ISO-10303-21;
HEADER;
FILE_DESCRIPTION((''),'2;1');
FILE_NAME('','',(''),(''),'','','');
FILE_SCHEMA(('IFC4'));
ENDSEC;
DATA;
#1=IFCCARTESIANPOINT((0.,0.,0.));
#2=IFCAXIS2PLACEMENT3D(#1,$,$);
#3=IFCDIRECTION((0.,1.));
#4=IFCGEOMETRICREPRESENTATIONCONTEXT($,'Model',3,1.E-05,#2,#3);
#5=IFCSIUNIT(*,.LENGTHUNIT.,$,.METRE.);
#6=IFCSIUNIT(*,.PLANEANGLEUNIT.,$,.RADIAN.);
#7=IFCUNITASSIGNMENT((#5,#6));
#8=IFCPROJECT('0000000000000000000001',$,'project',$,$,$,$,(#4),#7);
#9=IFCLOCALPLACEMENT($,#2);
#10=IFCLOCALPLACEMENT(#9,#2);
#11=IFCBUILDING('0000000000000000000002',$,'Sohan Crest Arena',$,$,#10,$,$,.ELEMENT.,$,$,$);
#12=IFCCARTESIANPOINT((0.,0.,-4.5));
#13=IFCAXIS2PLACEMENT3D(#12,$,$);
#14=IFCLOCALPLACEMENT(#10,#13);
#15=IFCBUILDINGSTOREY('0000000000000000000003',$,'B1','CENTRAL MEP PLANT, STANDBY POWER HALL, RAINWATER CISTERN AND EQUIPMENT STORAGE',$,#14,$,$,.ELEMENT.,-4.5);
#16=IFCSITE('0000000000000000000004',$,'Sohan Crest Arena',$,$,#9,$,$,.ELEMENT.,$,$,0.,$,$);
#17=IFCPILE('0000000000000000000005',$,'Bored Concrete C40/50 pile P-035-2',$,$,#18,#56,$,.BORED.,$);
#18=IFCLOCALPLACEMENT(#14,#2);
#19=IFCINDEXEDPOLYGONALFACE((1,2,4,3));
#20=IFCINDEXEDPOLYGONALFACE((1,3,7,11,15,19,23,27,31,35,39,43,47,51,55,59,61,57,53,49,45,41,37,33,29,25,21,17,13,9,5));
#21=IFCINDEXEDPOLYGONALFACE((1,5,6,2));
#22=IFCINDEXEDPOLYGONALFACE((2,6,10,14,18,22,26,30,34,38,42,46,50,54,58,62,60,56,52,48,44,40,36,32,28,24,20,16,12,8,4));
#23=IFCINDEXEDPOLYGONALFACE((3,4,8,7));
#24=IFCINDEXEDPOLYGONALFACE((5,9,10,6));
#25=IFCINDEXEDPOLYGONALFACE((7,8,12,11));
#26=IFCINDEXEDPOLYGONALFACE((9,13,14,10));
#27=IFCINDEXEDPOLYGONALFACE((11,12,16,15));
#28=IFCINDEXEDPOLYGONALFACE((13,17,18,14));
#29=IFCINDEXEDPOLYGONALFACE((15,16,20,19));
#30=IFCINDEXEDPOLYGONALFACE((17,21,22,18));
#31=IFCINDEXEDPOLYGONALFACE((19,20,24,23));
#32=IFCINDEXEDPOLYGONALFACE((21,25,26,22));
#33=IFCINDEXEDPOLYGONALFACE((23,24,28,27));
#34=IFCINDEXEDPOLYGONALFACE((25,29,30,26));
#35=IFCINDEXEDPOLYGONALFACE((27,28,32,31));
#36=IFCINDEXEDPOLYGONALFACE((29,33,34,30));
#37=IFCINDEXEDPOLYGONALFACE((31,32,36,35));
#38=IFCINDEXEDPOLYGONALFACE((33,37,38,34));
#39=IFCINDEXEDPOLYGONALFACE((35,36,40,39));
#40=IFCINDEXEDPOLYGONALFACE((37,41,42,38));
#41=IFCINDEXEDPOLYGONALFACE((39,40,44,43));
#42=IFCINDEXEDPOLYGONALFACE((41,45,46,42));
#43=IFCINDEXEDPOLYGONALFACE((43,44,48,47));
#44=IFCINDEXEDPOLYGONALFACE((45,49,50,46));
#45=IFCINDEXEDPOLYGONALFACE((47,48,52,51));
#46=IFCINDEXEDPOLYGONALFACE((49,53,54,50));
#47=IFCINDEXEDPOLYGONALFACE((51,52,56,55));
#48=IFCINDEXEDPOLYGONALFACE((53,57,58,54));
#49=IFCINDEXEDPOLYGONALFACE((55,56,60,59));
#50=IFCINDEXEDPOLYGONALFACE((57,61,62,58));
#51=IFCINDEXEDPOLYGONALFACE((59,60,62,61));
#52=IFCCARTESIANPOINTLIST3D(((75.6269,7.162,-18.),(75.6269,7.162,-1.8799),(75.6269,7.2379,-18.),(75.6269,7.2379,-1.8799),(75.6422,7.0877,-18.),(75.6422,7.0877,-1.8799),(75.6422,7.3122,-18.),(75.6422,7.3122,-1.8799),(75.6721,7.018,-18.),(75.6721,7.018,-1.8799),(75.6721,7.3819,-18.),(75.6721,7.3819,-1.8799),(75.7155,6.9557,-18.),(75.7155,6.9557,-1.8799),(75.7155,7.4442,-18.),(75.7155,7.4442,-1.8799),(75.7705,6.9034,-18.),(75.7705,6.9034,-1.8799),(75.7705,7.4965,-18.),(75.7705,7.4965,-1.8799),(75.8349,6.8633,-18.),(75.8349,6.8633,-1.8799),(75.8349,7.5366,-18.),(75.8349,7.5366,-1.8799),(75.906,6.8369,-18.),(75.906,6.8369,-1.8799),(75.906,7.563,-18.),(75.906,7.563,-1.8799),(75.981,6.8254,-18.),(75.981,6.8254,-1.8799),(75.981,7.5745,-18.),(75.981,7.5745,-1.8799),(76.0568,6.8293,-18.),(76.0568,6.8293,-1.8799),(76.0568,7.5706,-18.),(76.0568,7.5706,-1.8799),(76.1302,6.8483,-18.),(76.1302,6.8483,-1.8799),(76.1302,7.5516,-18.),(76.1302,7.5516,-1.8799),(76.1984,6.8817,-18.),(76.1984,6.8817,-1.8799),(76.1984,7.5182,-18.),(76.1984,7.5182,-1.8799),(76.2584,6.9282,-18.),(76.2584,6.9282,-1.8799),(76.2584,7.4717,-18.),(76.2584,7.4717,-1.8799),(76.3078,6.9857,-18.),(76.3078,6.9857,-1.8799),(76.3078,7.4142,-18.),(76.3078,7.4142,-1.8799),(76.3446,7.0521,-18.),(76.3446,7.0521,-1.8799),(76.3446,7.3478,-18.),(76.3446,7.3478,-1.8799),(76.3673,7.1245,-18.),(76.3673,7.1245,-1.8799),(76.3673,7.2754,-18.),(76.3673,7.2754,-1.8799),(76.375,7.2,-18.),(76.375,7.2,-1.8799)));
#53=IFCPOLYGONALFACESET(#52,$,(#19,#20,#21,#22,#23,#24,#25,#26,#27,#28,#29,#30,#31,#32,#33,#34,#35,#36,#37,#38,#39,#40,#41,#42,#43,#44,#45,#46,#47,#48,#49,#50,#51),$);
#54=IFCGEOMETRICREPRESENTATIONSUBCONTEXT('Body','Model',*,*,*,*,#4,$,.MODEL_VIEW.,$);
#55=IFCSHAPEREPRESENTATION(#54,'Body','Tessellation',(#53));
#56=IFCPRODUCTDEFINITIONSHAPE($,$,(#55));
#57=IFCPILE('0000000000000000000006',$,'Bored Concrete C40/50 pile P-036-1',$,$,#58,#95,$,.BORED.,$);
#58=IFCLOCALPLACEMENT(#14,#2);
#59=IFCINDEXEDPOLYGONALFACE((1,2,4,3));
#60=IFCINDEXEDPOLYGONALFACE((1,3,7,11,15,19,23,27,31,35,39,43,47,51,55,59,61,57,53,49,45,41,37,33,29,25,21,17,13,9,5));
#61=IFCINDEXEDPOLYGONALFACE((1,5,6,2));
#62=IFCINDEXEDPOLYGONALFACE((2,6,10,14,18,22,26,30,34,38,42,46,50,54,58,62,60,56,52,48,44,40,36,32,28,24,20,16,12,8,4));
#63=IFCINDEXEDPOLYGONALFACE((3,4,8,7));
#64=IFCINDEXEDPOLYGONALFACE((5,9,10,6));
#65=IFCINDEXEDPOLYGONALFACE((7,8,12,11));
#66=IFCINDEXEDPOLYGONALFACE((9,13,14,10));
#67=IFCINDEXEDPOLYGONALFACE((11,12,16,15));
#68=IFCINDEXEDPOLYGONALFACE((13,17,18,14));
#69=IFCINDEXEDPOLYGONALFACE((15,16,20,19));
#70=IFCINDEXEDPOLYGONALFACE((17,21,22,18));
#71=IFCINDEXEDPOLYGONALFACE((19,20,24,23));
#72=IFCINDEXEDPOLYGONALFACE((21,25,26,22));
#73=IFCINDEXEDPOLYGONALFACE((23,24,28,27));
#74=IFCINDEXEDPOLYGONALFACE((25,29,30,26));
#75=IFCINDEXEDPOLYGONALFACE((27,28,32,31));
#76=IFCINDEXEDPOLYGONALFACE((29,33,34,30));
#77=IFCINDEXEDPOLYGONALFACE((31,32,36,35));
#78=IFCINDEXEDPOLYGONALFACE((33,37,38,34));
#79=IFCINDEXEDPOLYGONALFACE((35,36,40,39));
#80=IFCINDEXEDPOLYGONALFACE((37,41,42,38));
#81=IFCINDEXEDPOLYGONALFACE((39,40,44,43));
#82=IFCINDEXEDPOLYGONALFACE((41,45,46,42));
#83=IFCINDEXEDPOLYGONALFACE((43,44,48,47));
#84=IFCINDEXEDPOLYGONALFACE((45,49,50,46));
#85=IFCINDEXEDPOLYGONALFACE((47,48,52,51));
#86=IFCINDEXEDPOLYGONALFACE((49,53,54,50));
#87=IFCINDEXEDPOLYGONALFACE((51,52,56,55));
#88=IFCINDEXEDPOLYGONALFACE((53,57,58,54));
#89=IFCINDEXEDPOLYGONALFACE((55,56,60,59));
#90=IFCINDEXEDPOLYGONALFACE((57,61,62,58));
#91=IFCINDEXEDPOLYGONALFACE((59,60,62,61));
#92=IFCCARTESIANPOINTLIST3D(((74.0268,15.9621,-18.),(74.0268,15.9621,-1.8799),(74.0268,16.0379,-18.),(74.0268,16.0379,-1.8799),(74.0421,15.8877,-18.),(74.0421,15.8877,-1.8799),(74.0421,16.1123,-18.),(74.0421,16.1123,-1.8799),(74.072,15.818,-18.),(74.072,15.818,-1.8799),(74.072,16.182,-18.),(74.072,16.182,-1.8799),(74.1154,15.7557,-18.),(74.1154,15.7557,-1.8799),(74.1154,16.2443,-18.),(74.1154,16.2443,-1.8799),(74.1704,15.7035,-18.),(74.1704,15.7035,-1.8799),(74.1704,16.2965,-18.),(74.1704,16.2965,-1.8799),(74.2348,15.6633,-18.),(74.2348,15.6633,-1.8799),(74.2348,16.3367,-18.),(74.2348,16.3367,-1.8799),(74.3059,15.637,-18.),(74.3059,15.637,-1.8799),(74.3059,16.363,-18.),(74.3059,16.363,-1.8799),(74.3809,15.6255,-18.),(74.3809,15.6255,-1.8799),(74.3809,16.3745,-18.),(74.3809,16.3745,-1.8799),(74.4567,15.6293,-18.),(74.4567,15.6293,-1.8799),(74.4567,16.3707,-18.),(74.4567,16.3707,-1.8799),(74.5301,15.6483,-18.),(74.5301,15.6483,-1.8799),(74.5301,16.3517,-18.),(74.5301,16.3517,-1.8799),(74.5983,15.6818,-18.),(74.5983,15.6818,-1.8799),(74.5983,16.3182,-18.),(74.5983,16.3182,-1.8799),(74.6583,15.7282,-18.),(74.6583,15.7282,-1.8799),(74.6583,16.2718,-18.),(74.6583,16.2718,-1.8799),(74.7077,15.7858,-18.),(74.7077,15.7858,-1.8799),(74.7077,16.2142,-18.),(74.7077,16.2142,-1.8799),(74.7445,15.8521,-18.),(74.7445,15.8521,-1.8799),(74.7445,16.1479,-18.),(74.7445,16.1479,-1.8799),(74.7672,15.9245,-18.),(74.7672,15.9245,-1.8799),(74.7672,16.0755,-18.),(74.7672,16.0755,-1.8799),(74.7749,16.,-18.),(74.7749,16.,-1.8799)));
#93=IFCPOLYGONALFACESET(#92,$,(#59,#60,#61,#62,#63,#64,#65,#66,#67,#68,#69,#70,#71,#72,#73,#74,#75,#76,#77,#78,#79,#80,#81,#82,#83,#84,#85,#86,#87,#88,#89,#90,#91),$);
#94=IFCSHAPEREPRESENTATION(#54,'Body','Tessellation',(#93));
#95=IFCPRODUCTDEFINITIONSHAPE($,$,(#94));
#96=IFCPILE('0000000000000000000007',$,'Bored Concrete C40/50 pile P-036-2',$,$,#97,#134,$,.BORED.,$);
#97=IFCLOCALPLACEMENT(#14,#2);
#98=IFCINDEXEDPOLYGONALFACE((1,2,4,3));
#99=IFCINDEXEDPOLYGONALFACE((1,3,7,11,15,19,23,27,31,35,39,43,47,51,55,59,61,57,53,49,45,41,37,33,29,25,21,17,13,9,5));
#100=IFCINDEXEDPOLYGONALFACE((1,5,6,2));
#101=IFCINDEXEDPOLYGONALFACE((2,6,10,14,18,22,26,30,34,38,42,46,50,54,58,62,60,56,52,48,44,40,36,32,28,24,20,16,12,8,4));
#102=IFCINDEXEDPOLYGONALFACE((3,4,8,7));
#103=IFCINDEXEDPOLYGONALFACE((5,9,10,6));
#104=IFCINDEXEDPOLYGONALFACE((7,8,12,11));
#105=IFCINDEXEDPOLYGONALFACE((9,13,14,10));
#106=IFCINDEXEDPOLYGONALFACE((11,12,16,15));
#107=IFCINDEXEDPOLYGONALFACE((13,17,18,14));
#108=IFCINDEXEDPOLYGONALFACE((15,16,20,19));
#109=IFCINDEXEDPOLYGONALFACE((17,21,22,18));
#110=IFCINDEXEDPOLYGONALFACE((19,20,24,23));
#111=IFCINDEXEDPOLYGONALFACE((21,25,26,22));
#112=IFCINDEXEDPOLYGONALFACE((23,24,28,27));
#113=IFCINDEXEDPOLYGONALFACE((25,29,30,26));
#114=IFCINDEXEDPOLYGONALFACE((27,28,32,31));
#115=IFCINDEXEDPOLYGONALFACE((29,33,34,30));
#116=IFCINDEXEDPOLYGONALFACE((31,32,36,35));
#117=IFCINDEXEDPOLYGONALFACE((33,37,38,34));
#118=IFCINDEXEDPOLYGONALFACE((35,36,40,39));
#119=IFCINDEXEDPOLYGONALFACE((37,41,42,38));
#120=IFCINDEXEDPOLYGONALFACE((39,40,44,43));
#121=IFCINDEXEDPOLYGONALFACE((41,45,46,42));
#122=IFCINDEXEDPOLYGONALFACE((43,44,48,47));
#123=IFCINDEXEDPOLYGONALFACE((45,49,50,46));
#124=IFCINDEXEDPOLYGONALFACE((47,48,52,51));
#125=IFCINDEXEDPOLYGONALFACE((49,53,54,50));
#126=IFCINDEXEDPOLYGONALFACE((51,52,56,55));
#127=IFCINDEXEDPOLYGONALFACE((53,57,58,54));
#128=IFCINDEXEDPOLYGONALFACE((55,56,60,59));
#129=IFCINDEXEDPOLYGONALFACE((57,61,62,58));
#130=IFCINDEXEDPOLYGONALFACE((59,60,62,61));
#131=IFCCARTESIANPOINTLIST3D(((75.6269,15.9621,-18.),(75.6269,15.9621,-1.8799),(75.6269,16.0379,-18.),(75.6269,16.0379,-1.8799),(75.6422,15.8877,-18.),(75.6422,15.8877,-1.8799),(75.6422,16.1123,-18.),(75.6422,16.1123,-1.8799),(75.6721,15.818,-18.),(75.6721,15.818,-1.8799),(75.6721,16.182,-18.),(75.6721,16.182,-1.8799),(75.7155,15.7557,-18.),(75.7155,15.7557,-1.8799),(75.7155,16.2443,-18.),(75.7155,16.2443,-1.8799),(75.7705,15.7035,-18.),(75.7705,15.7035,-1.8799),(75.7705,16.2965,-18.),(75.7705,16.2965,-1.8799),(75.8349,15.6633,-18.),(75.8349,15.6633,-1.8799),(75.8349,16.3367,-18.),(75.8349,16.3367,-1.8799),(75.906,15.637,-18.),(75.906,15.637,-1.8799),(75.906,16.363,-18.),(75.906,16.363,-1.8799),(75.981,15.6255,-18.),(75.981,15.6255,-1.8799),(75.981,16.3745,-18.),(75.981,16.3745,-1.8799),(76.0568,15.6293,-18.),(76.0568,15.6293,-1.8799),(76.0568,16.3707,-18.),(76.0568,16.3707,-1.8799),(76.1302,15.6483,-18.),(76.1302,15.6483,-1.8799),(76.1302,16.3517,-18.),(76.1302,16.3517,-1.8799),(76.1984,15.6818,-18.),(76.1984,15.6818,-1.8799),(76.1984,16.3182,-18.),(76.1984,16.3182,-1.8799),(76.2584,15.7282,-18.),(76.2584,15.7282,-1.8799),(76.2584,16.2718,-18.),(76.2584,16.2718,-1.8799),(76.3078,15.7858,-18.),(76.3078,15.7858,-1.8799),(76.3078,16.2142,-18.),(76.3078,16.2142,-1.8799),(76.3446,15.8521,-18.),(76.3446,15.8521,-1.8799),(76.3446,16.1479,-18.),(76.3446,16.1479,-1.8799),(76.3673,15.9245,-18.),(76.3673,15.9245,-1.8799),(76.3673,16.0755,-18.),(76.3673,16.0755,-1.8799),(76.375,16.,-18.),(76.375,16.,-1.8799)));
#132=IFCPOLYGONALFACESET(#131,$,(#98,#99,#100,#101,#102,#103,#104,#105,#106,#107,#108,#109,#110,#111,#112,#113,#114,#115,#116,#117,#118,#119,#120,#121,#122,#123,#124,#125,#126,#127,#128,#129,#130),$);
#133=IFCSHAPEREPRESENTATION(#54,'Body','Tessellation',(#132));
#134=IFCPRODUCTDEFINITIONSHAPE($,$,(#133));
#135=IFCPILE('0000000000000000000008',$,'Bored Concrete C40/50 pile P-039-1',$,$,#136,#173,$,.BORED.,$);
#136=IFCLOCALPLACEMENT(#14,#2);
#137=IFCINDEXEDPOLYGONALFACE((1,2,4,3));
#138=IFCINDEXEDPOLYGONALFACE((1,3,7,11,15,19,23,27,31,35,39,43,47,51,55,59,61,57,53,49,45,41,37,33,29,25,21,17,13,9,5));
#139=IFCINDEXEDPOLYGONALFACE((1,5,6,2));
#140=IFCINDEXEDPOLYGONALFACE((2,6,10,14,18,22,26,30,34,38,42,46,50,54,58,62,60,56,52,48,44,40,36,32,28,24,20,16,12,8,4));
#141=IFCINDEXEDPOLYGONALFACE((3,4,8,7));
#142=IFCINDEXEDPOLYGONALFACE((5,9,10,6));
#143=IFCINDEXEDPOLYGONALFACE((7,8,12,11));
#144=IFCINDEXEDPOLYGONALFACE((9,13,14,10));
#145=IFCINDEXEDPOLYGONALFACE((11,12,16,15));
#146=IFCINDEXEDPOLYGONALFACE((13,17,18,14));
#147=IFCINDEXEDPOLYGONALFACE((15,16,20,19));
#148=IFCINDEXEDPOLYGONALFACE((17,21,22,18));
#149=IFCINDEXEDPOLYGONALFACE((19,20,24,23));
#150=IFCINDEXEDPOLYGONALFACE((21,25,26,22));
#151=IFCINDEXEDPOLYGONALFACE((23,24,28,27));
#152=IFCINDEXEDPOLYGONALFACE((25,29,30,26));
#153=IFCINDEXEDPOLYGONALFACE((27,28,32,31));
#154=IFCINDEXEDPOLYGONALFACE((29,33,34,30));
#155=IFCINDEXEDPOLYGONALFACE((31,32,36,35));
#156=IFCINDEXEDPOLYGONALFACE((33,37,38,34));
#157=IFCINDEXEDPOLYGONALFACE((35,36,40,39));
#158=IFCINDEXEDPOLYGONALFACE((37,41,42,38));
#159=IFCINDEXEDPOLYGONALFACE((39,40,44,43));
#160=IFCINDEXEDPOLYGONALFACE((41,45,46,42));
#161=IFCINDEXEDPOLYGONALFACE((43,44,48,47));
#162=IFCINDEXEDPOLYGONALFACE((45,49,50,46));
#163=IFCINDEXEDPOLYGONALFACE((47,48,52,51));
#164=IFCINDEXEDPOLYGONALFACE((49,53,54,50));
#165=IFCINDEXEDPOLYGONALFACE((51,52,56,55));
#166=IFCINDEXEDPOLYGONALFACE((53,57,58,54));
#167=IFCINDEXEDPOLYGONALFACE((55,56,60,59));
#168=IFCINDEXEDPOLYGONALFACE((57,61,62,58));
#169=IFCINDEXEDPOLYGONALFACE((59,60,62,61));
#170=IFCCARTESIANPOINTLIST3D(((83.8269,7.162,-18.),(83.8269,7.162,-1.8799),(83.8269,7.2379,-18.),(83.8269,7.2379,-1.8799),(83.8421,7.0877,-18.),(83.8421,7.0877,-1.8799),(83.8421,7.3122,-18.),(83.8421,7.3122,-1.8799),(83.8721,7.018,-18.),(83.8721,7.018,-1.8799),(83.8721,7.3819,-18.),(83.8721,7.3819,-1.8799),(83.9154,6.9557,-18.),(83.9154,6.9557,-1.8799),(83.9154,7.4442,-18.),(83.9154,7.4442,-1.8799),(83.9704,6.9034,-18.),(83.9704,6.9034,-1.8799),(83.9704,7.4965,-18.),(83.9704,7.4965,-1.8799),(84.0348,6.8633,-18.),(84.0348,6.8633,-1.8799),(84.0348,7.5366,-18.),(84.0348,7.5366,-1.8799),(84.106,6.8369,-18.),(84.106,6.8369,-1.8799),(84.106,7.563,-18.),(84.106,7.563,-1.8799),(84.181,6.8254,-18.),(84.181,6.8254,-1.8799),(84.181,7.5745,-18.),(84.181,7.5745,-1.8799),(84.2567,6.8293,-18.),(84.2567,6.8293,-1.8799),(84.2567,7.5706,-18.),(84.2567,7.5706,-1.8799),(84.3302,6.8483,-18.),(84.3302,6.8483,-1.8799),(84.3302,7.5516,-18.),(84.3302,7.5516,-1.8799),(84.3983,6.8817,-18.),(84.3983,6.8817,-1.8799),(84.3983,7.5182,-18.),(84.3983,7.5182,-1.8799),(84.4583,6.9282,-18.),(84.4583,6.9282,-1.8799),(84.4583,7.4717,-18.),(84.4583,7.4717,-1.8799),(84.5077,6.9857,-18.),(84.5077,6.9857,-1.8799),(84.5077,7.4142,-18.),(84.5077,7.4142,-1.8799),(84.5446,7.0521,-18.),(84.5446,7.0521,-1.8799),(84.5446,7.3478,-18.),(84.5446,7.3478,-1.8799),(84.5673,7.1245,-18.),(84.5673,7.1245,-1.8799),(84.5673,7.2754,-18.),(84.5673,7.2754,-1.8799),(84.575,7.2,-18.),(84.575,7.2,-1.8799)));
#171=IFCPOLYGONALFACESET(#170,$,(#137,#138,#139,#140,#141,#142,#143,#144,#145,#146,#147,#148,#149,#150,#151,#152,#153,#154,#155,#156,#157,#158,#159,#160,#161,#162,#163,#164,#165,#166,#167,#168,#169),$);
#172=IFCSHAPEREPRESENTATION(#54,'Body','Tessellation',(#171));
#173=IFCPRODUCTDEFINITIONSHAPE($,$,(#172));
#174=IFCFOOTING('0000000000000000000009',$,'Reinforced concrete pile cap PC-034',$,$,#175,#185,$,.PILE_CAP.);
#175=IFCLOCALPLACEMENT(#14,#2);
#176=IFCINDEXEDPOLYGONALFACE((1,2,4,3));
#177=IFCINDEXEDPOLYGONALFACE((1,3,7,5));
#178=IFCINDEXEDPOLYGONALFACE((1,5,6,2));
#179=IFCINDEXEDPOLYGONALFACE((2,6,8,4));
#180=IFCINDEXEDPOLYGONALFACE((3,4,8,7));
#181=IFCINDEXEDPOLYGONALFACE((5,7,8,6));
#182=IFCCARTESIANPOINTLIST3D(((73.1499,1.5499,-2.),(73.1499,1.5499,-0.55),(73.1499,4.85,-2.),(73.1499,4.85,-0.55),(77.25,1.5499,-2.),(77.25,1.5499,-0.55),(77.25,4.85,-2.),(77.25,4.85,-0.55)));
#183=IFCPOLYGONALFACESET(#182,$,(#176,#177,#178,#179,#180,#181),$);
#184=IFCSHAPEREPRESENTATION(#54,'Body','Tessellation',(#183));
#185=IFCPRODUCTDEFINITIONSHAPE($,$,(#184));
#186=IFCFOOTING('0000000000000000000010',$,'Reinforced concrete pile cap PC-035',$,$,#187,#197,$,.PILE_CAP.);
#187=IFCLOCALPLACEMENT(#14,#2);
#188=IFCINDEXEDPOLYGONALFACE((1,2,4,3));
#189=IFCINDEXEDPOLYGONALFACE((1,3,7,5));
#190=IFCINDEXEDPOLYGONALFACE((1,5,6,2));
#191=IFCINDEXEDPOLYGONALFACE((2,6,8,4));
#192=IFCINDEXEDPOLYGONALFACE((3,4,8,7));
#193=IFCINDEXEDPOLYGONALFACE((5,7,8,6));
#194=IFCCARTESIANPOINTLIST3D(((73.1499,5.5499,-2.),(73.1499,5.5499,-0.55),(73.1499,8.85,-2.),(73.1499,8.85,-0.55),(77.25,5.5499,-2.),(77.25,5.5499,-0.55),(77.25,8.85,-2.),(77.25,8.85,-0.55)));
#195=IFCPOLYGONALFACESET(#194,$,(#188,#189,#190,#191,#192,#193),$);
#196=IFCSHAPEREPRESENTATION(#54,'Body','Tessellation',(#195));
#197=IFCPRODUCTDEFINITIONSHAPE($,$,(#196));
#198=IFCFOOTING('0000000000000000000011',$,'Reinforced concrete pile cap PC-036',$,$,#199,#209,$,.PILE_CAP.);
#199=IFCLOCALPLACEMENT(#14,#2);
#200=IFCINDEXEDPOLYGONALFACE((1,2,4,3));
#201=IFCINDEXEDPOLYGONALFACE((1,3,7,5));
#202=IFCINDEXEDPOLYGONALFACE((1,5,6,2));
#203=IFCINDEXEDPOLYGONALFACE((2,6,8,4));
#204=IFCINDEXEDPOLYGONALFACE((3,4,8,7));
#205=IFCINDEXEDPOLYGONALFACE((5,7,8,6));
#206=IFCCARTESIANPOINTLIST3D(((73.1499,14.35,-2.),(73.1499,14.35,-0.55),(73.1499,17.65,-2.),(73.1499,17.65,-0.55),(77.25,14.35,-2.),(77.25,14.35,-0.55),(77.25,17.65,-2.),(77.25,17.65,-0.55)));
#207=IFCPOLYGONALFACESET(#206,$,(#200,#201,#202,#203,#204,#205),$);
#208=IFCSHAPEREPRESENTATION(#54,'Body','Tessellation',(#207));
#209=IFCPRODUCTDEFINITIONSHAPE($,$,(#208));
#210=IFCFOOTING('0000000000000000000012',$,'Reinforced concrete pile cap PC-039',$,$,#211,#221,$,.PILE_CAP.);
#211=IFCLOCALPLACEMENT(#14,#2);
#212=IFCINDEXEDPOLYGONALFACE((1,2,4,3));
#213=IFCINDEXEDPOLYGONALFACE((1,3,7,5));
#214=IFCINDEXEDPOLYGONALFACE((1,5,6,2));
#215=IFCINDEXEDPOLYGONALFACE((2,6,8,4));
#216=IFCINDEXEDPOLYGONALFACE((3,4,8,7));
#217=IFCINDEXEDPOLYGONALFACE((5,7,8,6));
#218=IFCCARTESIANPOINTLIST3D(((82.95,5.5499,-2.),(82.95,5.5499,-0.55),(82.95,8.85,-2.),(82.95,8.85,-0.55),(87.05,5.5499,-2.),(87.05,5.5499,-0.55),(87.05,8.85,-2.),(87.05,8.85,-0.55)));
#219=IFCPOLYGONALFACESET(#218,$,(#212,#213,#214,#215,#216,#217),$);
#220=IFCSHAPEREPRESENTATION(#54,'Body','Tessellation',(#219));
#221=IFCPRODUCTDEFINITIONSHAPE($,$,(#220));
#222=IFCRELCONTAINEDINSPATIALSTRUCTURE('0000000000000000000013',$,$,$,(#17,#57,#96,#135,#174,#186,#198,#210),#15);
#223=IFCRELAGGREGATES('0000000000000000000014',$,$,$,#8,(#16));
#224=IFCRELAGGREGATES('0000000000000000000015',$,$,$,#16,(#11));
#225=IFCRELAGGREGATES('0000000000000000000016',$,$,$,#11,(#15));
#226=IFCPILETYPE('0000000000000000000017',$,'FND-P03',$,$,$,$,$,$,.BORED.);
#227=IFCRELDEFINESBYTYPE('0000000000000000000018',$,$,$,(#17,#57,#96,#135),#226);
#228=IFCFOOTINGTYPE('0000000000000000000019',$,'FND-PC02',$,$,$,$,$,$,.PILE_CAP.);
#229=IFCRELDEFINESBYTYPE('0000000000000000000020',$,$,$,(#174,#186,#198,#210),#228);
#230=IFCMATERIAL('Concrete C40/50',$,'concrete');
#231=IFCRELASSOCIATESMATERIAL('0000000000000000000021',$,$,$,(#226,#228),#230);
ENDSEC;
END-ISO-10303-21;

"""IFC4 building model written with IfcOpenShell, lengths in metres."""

from ifc_helpers import new_model, si_unit, direction, frame, origin, origin_2d, place, context, subcontext, project, spatial, rectangle, circle, extrude, material, material_profile, profile_set, type_object, element, save


model = new_model("IFC4")

# Units and contexts
model_context = context("Model", 3, precision=1e-05, world=origin(), true_north=direction((0.0, 1.0)))
body_context = subcontext(model_context, "Body", "Model", "MODEL_VIEW")
ifc_project = project(units=[si_unit("LENGTHUNIT", "METRE"), si_unit("PLANEANGLEUNIT", "RADIAN")], contexts=[model_context])

# Site, building, storey
site_placement = place(None, origin())
site = spatial("IfcSite", under=ifc_project, at=site_placement, Name="Sohan Crest Arena", CompositionType="ELEMENT", RefElevation=0.0)
building_placement = place(site_placement, origin())
building = spatial("IfcBuilding", under=site, at=building_placement, Name="Sohan Crest Arena", CompositionType="ELEMENT")
storey_placement = place(building_placement, frame((0.0, 0.0, -4.5)))
storey = spatial("IfcBuildingStorey", under=building, at=storey_placement, Name="B1", Description="CENTRAL MEP PLANT, STANDBY POWER HALL, RAINWATER CISTERN AND EQUIPMENT STORAGE", CompositionType="ELEMENT", Elevation=-4.5)

# Shared definitions
ifc_material_1 = material(Name="Concrete C40/50", Category="concrete")

# Piles
ifc_material_profile_1 = material_profile(ifc_material_1, circle(Radius=0.375, at=origin_2d()), Name="PILE D750")
ifc_profile_set_1 = profile_set([ifc_material_profile_1], Name="Concrete C40/50")
pile_type = type_object("IfcPileType", Name="FND-P03", PredefinedType="BORED", material=ifc_profile_set_1)
for number, where, z_axis, x_axis, name in (
    (1, (76.0, 7.2, -18.0), (0.0, 0.0, 1.0), (1.0, 0.0, 0.0), "Bored Concrete C40/50 pile P-035-2"),
    (2, (74.3999, 16.0, -18.0), (0.0, 0.0, 1.0), (1.0, 0.0, 0.0), "Bored Concrete C40/50 pile P-036-1"),
    (3, (76.0, 16.0, -18.0), (0.0, 0.0, 1.0), (1.0, 0.0, 0.0), "Bored Concrete C40/50 pile P-036-2"),
    (4, (84.2, 7.2, -18.0), (0.0, 0.0, 1.0), (1.0, 0.0, 0.0), "Bored Concrete C40/50 pile P-039-1"),
):
    element("IfcPile", number, at=place(storey_placement, frame(where, z_axis=z_axis, x_axis=x_axis)), inside=storey, type_object=pile_type, Name=name, PredefinedType="BORED", context=body_context, shape_type="SweptSolid", body=[
        extrude(circle(Radius=0.375, at=origin_2d()), origin(), (0.0, 0.0, 1.0), 16.1201),
    ])

# Footings
footing_type_1 = type_object("IfcFootingType", Name="FND-PC02", PredefinedType="PILE_CAP", material=ifc_material_1)
for number, where, z_axis, x_axis, name in (
    (5, (75.2, 3.2, -2.0), (0.0, 0.0, 1.0), (1.0, 0.0, 0.0), "Reinforced concrete pile cap PC-034"),
    (6, (75.2, 7.2, -2.0), (0.0, 0.0, 1.0), (1.0, 0.0, 0.0), "Reinforced concrete pile cap PC-035"),
    (7, (75.2, 16.0, -2.0), (0.0, 0.0, 1.0), (1.0, 0.0, 0.0), "Reinforced concrete pile cap PC-036"),
    (8, (85.0, 7.2, -2.0), (0.0, 0.0, 1.0), (1.0, 0.0, 0.0), "Reinforced concrete pile cap PC-039"),
):
    element("IfcFooting", number, at=place(storey_placement, frame(where, z_axis=z_axis, x_axis=x_axis)), inside=storey, type_object=footing_type_1, Name=name, PredefinedType="PILE_CAP", context=body_context, shape_type="SweptSolid", body=[
        extrude(rectangle(XDim=4.1001, YDim=3.3, at=origin_2d()), origin(), (0.0, 0.0, 1.0), 1.45),
    ])

save(model, "model.ifc")
